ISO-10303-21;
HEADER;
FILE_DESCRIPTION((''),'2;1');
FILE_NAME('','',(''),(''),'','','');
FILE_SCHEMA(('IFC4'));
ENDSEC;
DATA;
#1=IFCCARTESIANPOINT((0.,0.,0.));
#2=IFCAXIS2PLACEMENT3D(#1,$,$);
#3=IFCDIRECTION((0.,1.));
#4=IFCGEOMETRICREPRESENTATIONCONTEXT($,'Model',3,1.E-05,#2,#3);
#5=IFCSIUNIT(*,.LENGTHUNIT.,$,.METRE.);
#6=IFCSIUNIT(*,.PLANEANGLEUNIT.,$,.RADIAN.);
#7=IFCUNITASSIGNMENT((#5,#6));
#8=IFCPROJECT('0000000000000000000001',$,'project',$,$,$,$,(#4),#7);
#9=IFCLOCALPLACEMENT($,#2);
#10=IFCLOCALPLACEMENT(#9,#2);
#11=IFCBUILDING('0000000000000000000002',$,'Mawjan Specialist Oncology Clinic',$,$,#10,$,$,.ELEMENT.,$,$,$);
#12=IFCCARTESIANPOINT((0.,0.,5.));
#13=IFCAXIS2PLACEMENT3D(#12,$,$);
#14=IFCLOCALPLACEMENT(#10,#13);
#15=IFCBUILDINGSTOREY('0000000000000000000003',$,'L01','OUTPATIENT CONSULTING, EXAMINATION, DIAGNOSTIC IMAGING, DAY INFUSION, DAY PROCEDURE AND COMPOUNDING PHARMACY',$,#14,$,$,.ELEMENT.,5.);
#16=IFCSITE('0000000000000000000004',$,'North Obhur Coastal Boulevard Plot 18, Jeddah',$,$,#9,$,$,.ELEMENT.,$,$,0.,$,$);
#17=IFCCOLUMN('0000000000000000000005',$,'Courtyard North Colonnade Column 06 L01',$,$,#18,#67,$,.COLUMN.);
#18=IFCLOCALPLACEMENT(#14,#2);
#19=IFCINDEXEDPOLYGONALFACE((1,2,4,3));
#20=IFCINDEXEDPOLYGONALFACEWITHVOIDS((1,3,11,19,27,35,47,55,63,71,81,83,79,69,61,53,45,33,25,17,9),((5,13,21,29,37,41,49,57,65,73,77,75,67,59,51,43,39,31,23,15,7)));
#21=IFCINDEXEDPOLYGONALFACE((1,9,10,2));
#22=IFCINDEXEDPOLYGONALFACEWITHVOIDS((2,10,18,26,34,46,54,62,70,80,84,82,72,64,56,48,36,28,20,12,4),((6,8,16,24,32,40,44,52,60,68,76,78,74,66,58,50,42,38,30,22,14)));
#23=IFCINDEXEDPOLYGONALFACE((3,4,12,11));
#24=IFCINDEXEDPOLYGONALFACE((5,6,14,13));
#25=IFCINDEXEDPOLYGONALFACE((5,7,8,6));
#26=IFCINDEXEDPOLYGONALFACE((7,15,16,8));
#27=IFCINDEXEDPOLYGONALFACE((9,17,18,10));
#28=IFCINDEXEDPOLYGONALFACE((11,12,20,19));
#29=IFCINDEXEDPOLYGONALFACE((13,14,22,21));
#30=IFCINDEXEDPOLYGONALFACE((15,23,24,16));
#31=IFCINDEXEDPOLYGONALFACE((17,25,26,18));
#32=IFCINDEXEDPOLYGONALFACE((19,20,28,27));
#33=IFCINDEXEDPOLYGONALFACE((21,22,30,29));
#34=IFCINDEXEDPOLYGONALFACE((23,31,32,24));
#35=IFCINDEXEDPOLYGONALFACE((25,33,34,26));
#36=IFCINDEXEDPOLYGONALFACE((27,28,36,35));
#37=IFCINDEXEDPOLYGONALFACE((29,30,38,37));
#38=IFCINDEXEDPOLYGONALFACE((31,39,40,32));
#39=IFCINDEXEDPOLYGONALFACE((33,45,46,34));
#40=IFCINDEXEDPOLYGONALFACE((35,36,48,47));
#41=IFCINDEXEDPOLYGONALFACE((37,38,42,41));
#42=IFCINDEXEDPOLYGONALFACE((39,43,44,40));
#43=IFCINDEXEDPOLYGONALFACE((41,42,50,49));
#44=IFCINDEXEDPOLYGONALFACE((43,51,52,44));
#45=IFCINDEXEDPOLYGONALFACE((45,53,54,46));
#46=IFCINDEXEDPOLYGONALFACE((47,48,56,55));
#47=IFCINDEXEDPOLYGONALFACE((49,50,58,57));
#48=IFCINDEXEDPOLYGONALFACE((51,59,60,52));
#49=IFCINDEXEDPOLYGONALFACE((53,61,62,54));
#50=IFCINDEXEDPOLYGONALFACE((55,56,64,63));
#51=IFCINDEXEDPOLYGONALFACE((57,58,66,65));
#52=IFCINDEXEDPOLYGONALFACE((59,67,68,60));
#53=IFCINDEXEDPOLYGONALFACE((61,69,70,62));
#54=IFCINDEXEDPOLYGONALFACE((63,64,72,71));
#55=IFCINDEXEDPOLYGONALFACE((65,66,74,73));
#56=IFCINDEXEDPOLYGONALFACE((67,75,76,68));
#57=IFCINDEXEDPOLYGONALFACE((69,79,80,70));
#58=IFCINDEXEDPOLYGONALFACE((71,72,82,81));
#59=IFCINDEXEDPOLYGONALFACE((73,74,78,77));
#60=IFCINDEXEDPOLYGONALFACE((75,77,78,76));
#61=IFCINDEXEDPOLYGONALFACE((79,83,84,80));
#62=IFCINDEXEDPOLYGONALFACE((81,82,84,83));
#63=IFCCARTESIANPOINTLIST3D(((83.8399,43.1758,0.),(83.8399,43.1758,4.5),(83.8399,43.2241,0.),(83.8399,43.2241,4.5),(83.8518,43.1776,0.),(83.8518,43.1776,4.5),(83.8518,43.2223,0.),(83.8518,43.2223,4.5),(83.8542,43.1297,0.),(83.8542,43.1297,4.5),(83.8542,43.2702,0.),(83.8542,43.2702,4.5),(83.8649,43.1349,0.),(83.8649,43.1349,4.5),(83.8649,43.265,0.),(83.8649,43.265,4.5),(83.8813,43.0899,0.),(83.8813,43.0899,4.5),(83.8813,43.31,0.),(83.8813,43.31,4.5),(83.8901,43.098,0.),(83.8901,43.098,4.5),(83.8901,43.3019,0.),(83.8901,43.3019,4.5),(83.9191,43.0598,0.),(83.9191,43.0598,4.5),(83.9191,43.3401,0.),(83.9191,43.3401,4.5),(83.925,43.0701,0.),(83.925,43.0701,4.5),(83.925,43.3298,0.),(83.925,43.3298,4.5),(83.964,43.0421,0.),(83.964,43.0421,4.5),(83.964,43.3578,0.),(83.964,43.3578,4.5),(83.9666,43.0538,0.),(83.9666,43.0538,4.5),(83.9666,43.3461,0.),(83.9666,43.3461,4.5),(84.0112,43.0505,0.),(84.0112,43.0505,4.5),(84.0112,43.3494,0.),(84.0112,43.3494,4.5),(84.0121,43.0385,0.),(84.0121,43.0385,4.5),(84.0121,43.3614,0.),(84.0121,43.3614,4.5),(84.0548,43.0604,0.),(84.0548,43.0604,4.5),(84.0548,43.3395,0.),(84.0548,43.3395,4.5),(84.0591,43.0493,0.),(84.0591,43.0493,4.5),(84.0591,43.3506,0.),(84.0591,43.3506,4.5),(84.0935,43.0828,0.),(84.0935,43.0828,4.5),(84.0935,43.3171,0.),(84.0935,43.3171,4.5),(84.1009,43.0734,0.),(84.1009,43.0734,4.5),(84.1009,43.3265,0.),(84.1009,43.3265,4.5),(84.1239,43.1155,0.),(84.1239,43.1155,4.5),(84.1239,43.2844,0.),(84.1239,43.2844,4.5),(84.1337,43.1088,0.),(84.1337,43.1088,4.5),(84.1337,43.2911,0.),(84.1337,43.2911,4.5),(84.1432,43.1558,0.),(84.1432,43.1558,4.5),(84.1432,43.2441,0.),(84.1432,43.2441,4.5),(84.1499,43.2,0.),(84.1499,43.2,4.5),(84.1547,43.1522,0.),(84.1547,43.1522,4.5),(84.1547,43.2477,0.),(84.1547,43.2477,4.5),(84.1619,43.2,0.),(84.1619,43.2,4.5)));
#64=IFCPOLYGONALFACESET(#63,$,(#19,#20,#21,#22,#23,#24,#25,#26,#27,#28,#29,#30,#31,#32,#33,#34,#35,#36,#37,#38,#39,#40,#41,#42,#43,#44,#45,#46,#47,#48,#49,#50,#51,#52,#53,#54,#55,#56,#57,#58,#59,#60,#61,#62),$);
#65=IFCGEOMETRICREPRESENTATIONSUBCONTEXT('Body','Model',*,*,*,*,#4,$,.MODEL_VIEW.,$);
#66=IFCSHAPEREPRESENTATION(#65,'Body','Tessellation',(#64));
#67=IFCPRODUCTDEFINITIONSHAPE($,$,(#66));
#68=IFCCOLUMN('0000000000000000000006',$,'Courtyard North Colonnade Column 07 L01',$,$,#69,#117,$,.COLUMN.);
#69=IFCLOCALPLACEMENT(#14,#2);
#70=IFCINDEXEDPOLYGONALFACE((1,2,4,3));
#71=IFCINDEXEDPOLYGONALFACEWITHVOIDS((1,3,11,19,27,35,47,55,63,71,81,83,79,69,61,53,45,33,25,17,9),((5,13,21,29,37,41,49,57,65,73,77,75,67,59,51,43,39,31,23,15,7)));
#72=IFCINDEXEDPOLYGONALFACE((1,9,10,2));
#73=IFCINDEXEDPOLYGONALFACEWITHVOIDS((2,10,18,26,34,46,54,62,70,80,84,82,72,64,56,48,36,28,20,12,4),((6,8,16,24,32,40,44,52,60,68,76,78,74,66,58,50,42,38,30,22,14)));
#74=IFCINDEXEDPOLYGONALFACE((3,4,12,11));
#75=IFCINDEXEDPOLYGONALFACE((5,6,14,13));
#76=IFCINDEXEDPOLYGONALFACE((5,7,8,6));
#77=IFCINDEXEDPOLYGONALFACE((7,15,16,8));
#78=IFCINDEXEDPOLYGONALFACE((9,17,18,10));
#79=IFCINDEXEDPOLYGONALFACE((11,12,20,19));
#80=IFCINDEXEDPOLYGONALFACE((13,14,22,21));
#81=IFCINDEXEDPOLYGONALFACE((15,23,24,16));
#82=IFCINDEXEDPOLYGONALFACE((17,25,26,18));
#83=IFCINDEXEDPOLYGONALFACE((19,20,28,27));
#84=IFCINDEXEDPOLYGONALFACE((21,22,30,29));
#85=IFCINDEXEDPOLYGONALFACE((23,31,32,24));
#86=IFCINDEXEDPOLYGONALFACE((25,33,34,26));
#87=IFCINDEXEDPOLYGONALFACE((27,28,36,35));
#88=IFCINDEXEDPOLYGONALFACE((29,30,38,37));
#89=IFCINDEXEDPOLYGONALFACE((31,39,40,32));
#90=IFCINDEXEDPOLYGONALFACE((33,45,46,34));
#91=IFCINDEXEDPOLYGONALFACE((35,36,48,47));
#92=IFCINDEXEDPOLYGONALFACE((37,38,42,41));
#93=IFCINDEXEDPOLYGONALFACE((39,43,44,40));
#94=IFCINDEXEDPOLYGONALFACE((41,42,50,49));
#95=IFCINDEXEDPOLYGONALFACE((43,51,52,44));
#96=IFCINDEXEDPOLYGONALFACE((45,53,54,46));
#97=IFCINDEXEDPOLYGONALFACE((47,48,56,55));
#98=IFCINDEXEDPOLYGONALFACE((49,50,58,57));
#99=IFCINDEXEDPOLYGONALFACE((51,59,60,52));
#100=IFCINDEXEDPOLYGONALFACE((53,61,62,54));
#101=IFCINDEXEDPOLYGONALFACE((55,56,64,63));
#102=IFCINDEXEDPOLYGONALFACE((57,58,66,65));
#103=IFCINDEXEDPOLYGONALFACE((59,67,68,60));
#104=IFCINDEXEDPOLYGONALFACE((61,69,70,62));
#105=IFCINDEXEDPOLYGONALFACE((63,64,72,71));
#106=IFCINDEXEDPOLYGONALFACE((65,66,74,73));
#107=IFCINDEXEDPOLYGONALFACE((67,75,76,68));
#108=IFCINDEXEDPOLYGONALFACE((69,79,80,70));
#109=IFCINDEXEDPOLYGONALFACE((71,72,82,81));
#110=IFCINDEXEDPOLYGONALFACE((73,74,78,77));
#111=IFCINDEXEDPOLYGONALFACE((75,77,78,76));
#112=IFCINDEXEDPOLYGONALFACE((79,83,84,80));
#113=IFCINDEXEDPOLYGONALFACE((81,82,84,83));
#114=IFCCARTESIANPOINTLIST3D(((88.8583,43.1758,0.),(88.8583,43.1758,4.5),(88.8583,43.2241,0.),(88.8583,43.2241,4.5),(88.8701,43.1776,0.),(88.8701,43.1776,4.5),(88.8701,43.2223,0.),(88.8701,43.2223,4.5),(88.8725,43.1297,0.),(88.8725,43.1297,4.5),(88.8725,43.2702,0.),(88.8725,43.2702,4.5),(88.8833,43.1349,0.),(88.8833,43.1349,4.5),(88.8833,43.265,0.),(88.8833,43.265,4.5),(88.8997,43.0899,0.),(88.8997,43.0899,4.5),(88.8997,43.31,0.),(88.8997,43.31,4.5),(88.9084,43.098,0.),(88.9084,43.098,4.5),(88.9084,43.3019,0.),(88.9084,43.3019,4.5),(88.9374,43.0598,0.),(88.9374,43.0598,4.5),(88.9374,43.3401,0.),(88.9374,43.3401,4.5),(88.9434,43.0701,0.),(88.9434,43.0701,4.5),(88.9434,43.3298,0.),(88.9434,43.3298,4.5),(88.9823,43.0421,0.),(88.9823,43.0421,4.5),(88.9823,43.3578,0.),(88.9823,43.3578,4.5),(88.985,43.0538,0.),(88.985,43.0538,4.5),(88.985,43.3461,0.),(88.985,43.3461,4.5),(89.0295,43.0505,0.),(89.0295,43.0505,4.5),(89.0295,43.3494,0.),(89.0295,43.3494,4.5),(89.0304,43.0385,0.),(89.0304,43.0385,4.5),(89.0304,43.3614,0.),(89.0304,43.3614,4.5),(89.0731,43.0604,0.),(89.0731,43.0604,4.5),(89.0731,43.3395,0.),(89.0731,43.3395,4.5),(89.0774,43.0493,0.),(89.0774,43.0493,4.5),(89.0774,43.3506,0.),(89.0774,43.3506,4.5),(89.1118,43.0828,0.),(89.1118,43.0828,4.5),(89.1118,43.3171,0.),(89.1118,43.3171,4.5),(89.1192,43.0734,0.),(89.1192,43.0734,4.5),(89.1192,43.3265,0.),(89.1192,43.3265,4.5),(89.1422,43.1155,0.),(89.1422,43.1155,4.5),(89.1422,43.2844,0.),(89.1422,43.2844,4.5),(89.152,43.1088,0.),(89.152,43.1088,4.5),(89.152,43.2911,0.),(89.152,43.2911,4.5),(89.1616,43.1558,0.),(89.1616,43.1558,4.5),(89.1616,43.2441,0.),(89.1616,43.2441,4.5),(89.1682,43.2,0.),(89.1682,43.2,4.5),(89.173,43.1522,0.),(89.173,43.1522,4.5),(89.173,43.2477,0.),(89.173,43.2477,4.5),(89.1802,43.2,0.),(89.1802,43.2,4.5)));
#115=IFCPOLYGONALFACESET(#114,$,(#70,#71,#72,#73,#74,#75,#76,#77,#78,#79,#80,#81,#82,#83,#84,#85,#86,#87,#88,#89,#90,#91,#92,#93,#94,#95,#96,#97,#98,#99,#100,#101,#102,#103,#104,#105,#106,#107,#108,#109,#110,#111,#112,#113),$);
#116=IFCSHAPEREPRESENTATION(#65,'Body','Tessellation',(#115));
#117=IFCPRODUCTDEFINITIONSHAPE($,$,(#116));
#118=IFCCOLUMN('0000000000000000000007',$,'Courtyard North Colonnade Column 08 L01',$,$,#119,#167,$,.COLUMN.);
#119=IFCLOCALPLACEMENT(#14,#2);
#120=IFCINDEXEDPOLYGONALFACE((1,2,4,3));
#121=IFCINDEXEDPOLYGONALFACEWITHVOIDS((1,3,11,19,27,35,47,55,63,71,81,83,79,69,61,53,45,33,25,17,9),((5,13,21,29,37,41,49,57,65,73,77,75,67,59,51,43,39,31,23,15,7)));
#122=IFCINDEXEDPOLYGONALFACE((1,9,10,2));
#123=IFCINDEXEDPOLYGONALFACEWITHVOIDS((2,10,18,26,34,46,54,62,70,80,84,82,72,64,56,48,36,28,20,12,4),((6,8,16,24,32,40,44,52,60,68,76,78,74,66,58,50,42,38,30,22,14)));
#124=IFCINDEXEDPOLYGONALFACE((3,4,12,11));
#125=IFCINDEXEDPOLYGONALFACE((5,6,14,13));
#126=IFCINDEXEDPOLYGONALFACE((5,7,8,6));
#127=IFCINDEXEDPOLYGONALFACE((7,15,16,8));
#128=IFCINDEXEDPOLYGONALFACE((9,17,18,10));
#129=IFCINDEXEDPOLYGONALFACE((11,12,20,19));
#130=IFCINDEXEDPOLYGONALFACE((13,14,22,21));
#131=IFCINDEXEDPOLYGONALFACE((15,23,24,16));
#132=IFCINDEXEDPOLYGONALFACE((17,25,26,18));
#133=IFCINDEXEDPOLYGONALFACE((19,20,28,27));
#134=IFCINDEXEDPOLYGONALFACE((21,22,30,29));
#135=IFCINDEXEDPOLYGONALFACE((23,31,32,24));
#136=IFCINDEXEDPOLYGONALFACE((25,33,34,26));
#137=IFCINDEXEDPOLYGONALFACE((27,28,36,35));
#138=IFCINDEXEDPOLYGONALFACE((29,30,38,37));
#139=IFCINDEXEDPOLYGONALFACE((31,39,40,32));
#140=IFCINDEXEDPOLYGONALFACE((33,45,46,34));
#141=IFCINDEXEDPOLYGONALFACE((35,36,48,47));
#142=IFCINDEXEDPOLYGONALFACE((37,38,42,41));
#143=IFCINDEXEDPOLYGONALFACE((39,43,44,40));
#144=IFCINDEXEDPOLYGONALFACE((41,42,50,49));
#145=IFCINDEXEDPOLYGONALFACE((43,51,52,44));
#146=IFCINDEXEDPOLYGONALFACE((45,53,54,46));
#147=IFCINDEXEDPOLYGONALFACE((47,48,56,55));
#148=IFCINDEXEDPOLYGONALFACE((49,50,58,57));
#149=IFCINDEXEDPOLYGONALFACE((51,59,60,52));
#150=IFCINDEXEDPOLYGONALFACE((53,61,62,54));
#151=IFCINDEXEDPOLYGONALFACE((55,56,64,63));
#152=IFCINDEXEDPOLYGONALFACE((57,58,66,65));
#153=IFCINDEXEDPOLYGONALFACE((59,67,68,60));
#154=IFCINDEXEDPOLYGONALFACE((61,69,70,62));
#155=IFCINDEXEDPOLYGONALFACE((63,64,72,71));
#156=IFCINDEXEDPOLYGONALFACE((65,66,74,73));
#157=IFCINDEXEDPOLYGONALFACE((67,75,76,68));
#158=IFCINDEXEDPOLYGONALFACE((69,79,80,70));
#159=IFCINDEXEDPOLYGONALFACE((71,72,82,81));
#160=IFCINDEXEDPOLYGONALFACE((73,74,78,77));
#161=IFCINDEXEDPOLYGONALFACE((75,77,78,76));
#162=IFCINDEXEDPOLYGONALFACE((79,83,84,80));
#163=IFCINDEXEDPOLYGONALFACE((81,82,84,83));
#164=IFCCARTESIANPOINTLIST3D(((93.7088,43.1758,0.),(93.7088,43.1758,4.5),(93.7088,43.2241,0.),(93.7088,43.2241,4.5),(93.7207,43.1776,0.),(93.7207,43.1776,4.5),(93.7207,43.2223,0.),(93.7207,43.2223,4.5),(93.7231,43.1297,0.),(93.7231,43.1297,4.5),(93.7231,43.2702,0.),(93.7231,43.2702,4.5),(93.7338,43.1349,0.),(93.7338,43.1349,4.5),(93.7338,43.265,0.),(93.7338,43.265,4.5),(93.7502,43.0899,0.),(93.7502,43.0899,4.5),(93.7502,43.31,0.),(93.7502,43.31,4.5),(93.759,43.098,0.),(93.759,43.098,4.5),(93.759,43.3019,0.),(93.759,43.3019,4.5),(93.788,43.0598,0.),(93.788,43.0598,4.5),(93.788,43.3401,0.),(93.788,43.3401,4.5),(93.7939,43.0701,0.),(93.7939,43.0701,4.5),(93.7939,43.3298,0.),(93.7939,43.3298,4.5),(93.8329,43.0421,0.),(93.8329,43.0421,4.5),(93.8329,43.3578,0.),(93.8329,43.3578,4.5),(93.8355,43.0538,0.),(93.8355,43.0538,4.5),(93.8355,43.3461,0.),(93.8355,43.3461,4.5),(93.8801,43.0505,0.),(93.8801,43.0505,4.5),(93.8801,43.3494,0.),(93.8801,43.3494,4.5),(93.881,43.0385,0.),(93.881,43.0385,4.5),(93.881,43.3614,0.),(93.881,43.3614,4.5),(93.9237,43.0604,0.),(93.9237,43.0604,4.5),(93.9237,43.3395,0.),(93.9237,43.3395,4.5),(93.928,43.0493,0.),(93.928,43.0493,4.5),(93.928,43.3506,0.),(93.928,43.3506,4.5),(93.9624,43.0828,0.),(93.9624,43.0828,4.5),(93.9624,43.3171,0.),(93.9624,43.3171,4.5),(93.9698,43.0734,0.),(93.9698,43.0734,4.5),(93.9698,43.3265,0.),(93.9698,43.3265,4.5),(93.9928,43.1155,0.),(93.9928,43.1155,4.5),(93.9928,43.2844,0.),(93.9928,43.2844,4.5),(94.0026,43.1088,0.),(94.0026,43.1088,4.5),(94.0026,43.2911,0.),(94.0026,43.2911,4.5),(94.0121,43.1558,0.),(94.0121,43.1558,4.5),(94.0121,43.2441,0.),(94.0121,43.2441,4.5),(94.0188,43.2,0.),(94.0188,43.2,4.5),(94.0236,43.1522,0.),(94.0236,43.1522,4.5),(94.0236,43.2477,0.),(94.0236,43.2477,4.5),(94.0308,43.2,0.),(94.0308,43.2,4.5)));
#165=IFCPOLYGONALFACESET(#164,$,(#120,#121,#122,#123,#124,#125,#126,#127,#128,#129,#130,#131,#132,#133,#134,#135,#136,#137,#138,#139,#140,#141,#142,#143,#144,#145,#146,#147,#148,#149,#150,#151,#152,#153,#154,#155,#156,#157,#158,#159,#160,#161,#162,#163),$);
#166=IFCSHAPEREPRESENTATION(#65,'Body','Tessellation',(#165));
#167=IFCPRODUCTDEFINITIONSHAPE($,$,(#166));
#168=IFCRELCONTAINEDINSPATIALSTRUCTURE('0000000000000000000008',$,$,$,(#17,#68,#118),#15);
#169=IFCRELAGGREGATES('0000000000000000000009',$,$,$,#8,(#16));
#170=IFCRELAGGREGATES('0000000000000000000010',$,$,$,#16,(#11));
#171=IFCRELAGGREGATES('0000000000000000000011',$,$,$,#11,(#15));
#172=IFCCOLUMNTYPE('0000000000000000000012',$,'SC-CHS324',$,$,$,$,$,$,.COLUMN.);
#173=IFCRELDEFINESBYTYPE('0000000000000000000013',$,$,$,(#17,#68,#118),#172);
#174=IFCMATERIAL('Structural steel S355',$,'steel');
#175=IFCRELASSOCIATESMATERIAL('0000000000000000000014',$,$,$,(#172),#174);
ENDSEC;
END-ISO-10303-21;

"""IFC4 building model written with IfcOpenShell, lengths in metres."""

from ifc_helpers import new_model, si_unit, direction, frame, origin, origin_2d, place, context, subcontext, project, spatial, hollow_circle, extrude, material, material_profile, profile_set, type_object, element, save


model = new_model("IFC4")

# Units and contexts
model_context = context("Model", 3, precision=1e-05, world=origin(), true_north=direction((0.0, 1.0)))
body_context = subcontext(model_context, "Body", "Model", "MODEL_VIEW")
ifc_project = project(units=[si_unit("LENGTHUNIT", "METRE"), si_unit("PLANEANGLEUNIT", "RADIAN")], contexts=[model_context])

# Site, building, storey
site_placement = place(None, origin())
site = spatial("IfcSite", under=ifc_project, at=site_placement, Name="North Obhur Coastal Boulevard Plot 18, Jeddah", CompositionType="ELEMENT", RefElevation=0.0)
building_placement = place(site_placement, origin())
building = spatial("IfcBuilding", under=site, at=building_placement, Name="Mawjan Specialist Oncology Clinic", CompositionType="ELEMENT")
storey_placement = place(building_placement, frame((0.0, 0.0, 5.0)))
storey = spatial("IfcBuildingStorey", under=building, at=storey_placement, Name="L01", Description="OUTPATIENT CONSULTING, EXAMINATION, DIAGNOSTIC IMAGING, DAY INFUSION, DAY PROCEDURE AND COMPOUNDING PHARMACY", CompositionType="ELEMENT", Elevation=5.0)

# Columns
ifc_material_1 = material(Name="Structural steel S355", Category="steel")
ifc_material_profile = material_profile(ifc_material_1, hollow_circle(Radius=0.1619, WallThickness=0.012, at=origin_2d()), Name="CHS 323.9x12", Category="steel")
ifc_profile_set = profile_set([ifc_material_profile], Name="Structural steel S355")
column_type = type_object("IfcColumnType", Name="SC-CHS324", PredefinedType="COLUMN", material=ifc_profile_set)
for number, where, z_axis, x_axis, name in (
    (1, (84.0, 43.2, 0.0), (0.0, 0.0, 1.0), (1.0, 0.0, 0.0), "Courtyard North Colonnade Column 06 L01"),
    (2, (89.0183, 43.2, 0.0), (0.0, 0.0, 1.0), (1.0, 0.0, 0.0), "Courtyard North Colonnade Column 07 L01"),
    (3, (93.8689, 43.2, 0.0), (0.0, 0.0, 1.0), (1.0, 0.0, 0.0), "Courtyard North Colonnade Column 08 L01"),
):
    element("IfcColumn", number, at=place(storey_placement, frame(where, z_axis=z_axis, x_axis=x_axis)), inside=storey, type_object=column_type, Name=name, PredefinedType="COLUMN", context=body_context, shape_type="SweptSolid", body=[
        extrude(hollow_circle(Radius=0.1619, WallThickness=0.012, at=origin_2d()), origin(), (0.0, 0.0, 1.0), 4.5),
    ])

save(model, "model.ifc")
